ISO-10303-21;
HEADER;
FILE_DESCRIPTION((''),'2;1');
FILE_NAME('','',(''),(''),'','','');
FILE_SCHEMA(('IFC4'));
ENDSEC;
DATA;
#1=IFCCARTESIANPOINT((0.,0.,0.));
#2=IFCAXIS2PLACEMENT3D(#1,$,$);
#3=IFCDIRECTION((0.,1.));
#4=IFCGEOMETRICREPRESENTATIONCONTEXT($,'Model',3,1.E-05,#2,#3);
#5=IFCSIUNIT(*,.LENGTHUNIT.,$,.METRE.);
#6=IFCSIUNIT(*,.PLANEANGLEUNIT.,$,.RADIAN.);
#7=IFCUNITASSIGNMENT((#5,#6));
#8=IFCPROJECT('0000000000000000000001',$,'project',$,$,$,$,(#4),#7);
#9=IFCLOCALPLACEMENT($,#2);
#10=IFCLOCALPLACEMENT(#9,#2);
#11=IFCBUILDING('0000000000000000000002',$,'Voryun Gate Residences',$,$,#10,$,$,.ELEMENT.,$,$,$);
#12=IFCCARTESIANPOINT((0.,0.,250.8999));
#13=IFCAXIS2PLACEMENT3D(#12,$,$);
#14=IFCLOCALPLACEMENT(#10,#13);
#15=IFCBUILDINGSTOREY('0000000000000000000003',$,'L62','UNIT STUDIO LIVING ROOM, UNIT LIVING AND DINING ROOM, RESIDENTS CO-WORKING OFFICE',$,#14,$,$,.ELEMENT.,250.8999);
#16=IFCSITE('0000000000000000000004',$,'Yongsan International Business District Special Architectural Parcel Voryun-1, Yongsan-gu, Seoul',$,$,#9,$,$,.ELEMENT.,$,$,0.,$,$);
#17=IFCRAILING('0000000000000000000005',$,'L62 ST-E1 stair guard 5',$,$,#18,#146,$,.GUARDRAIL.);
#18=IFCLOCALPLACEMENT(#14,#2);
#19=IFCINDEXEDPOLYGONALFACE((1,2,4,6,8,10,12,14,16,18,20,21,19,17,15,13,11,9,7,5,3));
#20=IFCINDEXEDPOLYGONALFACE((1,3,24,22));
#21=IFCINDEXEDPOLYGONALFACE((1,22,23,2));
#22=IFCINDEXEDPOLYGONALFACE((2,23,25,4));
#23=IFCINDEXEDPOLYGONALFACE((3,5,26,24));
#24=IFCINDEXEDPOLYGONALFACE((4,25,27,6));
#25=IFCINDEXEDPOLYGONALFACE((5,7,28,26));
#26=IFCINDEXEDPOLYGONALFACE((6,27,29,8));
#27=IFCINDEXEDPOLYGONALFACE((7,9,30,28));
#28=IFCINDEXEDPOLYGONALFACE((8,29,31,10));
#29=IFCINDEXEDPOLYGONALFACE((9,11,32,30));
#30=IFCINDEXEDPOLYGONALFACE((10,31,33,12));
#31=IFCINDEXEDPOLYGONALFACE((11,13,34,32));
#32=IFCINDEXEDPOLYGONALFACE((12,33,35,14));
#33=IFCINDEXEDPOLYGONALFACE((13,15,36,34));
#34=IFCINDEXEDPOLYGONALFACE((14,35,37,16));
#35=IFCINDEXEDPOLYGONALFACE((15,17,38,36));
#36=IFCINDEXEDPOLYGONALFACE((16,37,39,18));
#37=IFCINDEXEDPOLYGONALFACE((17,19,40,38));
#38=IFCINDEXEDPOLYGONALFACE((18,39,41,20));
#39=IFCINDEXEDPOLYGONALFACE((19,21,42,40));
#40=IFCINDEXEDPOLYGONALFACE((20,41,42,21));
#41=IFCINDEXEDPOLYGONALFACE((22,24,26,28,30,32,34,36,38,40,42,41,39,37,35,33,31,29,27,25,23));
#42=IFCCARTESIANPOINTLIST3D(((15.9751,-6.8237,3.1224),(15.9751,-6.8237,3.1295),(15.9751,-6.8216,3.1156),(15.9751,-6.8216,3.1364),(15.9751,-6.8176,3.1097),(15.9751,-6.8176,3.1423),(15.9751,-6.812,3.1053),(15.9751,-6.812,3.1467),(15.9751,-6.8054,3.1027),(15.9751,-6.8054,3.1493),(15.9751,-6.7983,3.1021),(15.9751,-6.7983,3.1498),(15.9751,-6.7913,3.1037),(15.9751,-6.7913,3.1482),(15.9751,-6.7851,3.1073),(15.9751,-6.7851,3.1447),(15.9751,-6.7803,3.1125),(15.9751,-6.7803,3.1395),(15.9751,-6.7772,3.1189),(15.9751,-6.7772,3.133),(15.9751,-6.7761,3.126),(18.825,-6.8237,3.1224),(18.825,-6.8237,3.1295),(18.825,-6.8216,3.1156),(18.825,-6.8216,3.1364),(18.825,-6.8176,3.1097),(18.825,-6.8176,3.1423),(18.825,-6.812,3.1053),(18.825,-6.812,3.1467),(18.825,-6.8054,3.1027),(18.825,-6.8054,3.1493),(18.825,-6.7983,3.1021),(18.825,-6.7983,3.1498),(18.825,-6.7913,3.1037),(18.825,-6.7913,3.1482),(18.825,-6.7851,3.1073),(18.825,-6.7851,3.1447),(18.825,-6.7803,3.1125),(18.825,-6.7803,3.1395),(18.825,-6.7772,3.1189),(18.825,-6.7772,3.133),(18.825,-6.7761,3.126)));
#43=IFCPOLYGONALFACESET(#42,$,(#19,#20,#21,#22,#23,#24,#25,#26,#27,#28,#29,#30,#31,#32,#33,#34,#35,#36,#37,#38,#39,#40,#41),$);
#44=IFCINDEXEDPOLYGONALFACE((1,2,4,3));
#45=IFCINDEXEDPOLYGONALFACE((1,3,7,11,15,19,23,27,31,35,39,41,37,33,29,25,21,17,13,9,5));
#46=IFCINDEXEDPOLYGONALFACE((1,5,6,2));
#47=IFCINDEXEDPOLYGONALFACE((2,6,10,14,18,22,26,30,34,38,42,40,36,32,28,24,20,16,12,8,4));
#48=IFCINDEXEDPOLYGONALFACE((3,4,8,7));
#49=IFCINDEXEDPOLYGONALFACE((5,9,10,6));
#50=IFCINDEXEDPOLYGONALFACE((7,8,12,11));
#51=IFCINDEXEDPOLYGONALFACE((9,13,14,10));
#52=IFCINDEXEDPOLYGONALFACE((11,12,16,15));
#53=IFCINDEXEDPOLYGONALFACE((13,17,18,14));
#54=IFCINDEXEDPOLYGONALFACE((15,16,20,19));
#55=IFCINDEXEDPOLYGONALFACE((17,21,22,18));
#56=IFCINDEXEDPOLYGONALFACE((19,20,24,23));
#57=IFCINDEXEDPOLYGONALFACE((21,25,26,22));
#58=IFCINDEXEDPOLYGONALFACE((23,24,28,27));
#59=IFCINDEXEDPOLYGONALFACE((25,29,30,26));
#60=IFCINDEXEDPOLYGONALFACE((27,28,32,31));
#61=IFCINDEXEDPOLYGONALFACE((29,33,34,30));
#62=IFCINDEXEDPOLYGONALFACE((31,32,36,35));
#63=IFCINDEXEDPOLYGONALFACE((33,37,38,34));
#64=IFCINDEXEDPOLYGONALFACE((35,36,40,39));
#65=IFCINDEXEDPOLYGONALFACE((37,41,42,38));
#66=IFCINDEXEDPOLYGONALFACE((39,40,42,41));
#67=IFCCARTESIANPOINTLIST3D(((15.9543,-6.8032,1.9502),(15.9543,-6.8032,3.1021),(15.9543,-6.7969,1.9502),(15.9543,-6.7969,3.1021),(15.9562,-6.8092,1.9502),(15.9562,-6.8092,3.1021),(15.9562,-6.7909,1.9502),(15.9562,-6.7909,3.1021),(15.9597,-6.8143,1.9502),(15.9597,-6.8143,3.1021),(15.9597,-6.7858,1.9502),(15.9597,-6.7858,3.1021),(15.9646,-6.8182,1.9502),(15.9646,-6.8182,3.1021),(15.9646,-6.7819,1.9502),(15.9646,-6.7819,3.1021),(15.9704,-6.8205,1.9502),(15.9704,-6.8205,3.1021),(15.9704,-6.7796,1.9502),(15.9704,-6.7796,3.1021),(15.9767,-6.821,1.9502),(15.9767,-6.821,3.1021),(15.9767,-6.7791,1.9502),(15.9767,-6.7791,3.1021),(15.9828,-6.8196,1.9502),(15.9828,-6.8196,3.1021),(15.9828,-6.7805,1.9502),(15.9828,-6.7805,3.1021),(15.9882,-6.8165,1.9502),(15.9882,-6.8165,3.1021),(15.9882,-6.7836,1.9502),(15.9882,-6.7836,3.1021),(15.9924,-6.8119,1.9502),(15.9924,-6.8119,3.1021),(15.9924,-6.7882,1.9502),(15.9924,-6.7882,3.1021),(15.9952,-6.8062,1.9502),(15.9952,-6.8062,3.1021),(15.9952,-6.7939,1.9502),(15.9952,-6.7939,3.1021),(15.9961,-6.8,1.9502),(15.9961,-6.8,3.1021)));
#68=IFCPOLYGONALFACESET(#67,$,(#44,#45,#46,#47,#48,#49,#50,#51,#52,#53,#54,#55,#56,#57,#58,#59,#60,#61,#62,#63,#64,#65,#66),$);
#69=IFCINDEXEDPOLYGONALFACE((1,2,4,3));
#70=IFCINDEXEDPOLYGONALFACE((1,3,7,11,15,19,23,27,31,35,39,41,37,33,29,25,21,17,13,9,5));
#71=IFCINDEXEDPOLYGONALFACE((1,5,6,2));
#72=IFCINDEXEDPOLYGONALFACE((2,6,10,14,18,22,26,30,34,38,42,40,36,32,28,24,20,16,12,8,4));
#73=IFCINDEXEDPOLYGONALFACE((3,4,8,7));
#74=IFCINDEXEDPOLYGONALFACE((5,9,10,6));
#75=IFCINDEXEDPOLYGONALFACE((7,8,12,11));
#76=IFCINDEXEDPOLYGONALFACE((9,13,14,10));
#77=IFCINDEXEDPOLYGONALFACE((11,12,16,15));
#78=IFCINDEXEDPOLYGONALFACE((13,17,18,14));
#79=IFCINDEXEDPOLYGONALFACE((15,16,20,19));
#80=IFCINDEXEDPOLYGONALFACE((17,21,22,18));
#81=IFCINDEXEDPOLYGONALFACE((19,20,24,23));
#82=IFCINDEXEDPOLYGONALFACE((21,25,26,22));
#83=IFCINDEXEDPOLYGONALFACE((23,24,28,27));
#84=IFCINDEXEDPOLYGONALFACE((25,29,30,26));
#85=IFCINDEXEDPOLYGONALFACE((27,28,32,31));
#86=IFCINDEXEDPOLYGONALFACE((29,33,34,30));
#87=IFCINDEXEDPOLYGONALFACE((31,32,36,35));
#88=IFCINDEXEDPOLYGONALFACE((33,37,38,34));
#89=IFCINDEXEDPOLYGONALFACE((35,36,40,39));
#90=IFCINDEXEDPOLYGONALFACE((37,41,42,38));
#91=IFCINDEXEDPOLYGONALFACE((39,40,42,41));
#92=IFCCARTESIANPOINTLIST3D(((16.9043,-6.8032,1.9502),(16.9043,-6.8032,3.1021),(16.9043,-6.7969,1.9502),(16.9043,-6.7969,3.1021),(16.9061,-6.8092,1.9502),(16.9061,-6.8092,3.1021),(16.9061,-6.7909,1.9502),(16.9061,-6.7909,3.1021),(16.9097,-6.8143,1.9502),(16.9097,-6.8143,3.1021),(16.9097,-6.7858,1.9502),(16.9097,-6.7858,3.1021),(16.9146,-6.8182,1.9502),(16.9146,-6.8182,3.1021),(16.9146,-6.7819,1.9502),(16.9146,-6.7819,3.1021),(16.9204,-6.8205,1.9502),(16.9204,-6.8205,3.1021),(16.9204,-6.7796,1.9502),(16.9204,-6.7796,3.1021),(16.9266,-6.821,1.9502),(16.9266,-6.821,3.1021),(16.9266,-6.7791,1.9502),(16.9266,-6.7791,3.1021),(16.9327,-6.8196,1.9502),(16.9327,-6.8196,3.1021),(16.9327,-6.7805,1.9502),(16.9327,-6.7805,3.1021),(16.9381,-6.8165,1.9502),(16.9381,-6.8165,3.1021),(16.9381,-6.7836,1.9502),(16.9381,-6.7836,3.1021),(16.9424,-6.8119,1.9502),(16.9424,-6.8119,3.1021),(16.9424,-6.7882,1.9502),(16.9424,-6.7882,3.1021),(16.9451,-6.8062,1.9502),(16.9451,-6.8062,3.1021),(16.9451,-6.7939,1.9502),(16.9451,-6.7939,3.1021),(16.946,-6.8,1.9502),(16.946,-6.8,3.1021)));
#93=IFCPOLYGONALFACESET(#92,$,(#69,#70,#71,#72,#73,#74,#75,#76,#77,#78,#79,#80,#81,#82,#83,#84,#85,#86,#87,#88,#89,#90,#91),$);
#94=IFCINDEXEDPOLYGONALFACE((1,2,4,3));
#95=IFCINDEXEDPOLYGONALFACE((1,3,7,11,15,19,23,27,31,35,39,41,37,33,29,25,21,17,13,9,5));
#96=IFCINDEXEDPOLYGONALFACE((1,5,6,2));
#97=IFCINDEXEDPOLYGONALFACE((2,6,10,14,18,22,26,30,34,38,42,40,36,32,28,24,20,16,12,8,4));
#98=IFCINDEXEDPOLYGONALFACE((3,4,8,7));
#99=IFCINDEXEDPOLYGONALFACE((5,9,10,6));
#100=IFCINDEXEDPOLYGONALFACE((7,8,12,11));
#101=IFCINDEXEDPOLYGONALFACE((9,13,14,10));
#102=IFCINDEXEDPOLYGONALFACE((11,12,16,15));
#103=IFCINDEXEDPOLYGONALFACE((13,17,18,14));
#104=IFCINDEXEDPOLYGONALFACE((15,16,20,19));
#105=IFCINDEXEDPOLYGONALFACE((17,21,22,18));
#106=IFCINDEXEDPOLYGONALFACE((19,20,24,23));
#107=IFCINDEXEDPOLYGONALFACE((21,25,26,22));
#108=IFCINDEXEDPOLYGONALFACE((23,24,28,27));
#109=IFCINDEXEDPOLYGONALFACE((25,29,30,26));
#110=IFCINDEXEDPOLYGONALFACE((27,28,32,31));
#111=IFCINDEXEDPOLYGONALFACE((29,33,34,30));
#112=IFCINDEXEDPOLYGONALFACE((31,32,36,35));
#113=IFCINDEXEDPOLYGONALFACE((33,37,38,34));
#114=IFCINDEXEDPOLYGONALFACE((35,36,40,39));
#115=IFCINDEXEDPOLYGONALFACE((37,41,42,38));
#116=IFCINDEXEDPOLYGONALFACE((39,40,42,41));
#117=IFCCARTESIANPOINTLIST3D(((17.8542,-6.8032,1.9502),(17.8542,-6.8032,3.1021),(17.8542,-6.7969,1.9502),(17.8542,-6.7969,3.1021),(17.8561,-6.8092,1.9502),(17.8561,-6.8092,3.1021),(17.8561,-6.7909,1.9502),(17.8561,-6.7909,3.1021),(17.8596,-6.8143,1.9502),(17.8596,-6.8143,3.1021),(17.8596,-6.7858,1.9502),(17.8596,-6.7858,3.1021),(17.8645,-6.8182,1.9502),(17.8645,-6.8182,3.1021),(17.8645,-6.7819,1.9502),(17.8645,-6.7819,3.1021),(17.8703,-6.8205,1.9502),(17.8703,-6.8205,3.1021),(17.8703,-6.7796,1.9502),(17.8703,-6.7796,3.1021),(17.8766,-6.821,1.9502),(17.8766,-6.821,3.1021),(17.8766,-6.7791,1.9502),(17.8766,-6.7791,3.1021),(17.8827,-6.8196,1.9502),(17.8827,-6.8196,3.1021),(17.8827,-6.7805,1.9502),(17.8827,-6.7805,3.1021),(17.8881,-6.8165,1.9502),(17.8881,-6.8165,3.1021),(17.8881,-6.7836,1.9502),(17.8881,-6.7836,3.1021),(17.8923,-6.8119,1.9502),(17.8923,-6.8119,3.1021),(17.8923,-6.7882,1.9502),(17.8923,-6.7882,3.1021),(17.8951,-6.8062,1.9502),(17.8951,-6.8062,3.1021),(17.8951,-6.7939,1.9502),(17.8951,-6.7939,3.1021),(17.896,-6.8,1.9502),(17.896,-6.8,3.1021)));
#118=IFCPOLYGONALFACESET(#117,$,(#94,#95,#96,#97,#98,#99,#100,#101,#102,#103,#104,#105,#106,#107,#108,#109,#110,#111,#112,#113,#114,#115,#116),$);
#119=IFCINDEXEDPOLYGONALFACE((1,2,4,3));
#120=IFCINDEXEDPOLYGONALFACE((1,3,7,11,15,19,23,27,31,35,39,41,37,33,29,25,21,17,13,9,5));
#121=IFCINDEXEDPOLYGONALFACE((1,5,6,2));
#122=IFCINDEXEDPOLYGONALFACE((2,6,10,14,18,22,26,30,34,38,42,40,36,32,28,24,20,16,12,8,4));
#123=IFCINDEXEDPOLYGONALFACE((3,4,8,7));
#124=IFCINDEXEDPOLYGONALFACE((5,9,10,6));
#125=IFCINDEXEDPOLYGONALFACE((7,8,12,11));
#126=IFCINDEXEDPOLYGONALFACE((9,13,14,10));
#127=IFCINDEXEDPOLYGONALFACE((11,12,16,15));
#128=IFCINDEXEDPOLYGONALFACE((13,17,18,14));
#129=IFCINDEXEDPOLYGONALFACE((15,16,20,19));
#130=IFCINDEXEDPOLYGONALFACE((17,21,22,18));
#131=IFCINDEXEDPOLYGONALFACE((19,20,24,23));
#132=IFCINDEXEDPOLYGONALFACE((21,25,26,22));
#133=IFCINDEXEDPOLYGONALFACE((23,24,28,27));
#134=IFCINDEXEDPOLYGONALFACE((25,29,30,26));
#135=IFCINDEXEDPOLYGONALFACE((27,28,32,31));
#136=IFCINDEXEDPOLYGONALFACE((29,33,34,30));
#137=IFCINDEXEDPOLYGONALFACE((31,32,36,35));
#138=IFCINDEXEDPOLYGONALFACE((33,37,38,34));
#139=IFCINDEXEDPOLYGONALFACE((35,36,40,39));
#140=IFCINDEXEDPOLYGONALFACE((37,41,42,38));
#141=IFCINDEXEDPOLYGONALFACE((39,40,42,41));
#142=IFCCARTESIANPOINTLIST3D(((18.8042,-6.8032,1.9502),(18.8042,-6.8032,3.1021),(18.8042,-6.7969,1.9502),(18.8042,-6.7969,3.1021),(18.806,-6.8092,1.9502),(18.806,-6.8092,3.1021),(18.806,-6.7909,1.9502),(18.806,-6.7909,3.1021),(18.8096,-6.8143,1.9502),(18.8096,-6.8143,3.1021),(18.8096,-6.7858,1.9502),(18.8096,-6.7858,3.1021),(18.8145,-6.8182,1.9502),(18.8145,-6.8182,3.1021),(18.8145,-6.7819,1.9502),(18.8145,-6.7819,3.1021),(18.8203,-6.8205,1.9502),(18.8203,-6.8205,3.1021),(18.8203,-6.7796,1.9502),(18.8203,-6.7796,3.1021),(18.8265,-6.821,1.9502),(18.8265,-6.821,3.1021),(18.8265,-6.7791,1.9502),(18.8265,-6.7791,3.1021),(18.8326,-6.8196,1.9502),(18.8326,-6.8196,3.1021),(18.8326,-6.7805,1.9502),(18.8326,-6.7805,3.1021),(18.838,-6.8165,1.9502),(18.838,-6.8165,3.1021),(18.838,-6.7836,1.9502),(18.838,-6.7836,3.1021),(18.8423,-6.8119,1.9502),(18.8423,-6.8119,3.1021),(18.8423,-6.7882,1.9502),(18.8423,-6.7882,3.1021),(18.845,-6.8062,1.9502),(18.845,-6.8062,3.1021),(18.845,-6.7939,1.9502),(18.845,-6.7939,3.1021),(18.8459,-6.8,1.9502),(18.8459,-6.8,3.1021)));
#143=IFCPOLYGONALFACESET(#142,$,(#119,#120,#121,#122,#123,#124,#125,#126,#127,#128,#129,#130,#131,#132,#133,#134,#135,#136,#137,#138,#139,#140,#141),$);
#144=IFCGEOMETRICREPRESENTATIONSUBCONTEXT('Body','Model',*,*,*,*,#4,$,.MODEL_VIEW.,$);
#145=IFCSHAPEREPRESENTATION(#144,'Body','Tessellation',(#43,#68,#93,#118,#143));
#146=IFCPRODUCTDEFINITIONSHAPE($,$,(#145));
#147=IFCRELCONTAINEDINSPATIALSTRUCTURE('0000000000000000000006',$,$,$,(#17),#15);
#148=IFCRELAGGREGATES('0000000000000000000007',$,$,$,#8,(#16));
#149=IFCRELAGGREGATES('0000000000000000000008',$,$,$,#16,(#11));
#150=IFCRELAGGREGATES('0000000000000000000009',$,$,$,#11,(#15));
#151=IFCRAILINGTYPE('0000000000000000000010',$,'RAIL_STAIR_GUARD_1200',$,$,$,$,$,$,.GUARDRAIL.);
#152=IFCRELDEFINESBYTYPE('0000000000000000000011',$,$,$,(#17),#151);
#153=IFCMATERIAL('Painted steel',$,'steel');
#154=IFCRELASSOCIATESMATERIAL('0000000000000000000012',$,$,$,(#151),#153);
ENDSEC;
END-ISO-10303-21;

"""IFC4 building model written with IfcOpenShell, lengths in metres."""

from ifc_helpers import new_model, si_unit, direction, frame, origin, origin_2d, place, context, subcontext, project, spatial, circle, extrude, material, type_object, element, save


model = new_model("IFC4")

# Units and contexts
model_context = context("Model", 3, precision=1e-05, world=origin(), true_north=direction((0.0, 1.0)))
body_context = subcontext(model_context, "Body", "Model", "MODEL_VIEW")
ifc_project = project(units=[si_unit("LENGTHUNIT", "METRE"), si_unit("PLANEANGLEUNIT", "RADIAN")], contexts=[model_context])

# Site, building, storey
site_placement = place(None, origin())
site = spatial("IfcSite", under=ifc_project, at=site_placement, Name="Yongsan International Business District Special Architectural Parcel Voryun-1, Yongsan-gu, Seoul", CompositionType="ELEMENT", RefElevation=0.0)
building_placement = place(site_placement, origin())
building = spatial("IfcBuilding", under=site, at=building_placement, Name="Voryun Gate Residences", CompositionType="ELEMENT")
storey_placement = place(building_placement, frame((0.0, 0.0, 250.8999)))
storey = spatial("IfcBuildingStorey", under=building, at=storey_placement, Name="L62", Description="UNIT STUDIO LIVING ROOM, UNIT LIVING AND DINING ROOM, RESIDENTS CO-WORKING OFFICE", CompositionType="ELEMENT", Elevation=250.8999)

# Railing
ifc_material_1 = material(Name="Painted steel", Category="steel")
railing_type_1 = type_object("IfcRailingType", Name="RAIL_STAIR_GUARD_1200", PredefinedType="GUARDRAIL", material=ifc_material_1)
railing_1_placement = place(storey_placement, frame((15.9751, -6.8, 1.9502)))
element("IfcRailing", 1, at=railing_1_placement, inside=storey, type_object=railing_type_1, Name="L62 ST-E1 stair guard 5", PredefinedType="GUARDRAIL", context=body_context, shape_type="SweptSolid", body=[
    extrude(circle(Radius=0.0239, at=origin_2d()), frame((0.0, 0.0, 1.1758), z_axis=(1.0, 0.0, 0.0), x_axis=(0.0, 1.0, 0.0)), (0.0, 0.0, 1.0), 2.8499),
    extrude(circle(Radius=0.021, at=origin_2d()), origin(), (0.0, 0.0, 1.0), 1.1519),
    extrude(circle(Radius=0.021, at=origin_2d()), frame((0.95, 0.0, 0.0)), (0.0, 0.0, 1.0), 1.1519),
    extrude(circle(Radius=0.021, at=origin_2d()), frame((1.8999, 0.0, 0.0)), (0.0, 0.0, 1.0), 1.1519),
    extrude(circle(Radius=0.021, at=origin_2d()), frame((2.8499, 0.0, 0.0)), (0.0, 0.0, 1.0), 1.1519),
])

save(model, "model.ifc")
